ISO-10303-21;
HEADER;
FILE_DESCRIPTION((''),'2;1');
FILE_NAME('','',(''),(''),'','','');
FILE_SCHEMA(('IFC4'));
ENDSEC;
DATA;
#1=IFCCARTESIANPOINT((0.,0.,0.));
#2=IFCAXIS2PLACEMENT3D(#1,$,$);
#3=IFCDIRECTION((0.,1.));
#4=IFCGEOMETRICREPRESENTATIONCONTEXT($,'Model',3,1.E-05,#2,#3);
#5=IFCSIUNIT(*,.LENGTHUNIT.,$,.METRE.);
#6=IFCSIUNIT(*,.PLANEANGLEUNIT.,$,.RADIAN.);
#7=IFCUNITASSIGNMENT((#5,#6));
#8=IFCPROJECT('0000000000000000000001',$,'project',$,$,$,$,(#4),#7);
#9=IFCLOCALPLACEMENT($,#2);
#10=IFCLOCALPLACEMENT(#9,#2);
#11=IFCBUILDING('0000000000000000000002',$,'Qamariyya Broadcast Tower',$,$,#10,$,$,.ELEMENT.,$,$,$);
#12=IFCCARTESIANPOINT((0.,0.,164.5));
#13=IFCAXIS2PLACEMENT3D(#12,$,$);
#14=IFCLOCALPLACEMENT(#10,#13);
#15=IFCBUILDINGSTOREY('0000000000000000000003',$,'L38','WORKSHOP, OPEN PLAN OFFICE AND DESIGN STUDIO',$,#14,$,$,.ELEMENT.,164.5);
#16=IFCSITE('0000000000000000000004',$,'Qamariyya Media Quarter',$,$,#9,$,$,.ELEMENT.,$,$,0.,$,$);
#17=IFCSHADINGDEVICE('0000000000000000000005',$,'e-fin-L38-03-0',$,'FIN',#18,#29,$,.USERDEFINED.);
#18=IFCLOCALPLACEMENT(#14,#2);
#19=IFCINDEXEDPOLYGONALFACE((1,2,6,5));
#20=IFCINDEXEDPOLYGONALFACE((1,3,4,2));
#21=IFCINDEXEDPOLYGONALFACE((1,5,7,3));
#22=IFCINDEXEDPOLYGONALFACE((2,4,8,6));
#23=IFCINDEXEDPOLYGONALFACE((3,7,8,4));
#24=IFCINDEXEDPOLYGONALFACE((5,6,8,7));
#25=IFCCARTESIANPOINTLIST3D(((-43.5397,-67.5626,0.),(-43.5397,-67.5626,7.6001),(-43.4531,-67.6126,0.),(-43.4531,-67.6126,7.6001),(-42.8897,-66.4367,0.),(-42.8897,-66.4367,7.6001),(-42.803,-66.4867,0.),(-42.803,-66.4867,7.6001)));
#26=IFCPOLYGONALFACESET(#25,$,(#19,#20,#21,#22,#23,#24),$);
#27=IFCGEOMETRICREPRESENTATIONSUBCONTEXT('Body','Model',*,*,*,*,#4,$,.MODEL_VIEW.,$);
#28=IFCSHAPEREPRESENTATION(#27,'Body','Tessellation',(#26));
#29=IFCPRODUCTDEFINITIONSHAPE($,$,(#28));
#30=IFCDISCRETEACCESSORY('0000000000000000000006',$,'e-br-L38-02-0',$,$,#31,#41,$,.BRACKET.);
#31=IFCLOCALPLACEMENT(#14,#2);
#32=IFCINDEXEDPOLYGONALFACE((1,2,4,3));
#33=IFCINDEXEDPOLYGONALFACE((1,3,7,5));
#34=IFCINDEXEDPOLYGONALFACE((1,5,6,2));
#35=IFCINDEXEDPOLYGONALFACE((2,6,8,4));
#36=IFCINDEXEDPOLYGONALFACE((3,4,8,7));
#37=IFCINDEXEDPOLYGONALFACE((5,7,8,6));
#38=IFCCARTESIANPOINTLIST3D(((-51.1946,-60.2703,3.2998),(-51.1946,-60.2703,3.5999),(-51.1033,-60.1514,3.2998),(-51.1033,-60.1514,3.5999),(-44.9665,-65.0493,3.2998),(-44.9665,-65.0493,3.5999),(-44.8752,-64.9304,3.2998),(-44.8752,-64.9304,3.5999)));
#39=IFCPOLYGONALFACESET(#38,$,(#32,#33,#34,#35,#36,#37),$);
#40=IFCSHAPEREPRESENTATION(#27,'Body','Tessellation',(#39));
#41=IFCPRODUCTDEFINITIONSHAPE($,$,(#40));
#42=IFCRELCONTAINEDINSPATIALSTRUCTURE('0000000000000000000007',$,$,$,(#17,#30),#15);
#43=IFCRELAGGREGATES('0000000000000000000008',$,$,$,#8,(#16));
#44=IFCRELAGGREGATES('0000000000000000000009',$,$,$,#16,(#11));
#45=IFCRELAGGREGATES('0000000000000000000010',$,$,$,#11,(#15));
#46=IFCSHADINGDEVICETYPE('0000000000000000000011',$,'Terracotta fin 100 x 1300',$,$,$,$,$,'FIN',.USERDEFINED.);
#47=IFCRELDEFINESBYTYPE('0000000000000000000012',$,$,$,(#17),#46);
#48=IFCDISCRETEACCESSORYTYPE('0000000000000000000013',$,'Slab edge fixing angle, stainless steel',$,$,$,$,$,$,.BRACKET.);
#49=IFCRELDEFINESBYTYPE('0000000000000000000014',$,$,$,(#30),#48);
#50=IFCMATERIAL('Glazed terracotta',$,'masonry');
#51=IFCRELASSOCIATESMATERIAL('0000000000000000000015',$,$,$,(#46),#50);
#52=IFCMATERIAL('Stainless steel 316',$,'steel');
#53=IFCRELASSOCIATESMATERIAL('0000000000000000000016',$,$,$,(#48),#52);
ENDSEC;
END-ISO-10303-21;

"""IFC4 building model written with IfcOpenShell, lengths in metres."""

from ifc_helpers import new_model, si_unit, direction, frame, origin, origin_2d, place, context, subcontext, project, spatial, rectangle, extrude, material, material_profile, profile_set, type_object, element, save


model = new_model("IFC4")

# Units and contexts
model_context = context("Model", 3, precision=1e-05, world=origin(), true_north=direction((0.0, 1.0)))
body_context = subcontext(model_context, "Body", "Model", "MODEL_VIEW")
ifc_project = project(units=[si_unit("LENGTHUNIT", "METRE"), si_unit("PLANEANGLEUNIT", "RADIAN")], contexts=[model_context])

# Site, building, storey
site_placement = place(None, origin())
site = spatial("IfcSite", under=ifc_project, at=site_placement, Name="Qamariyya Media Quarter", CompositionType="ELEMENT", RefElevation=0.0)
building_placement = place(site_placement, origin())
building = spatial("IfcBuilding", under=site, at=building_placement, Name="Qamariyya Broadcast Tower", CompositionType="ELEMENT")
storey_placement = place(building_placement, frame((0.0, 0.0, 164.5)))
storey = spatial("IfcBuildingStorey", under=building, at=storey_placement, Name="L38", Description="WORKSHOP, OPEN PLAN OFFICE AND DESIGN STUDIO", CompositionType="ELEMENT", Elevation=164.5)

# Shading device
ifc_material_1 = material(Name="Glazed terracotta", Category="masonry")
ifc_material_profile_1 = material_profile(ifc_material_1, rectangle(XDim=1.3, YDim=0.1001, at=origin_2d()))
ifc_profile_set_1 = profile_set([ifc_material_profile_1], Name="Glazed terracotta")
shading_device_type_1 = type_object("IfcShadingDeviceType", Name="Terracotta fin 100 x 1300", ElementType="FIN", PredefinedType="USERDEFINED", material=ifc_profile_set_1)
for number, where, z_axis, x_axis, name in (
    (1, (-43.1714, -67.0247, 0.0), (0.0, 0.0, 1.0), (-0.5, -0.866025, 0.0), "e-fin-L38-03-0"),
):
    element("IfcShadingDevice", number, at=place(storey_placement, frame(where, z_axis=z_axis, x_axis=x_axis)), inside=storey, type_object=shading_device_type_1, Name=name, ObjectType="FIN", PredefinedType="USERDEFINED", context=body_context, shape_type="SweptSolid", body=[
        extrude(rectangle(XDim=1.3, YDim=0.1001, at=origin_2d()), origin(), (0.0, 0.0, 1.0), 7.6001),
    ])

# Discrete accessory
ifc_material_2 = material(Name="Stainless steel 316", Category="steel")
discrete_accessory_type = type_object("IfcDiscreteAccessoryType", Name="Slab edge fixing angle, stainless steel", PredefinedType="BRACKET", material=ifc_material_2)
discrete_accessory_placement = place(storey_placement, frame((-48.0349, -62.6003, 3.2998), z_axis=(0.0, 0.0, 1.0), x_axis=(0.793353, -0.608761, 0.0)))
element("IfcDiscreteAccessory", 2, at=discrete_accessory_placement, inside=storey, type_object=discrete_accessory_type, Name="e-br-L38-02-0", PredefinedType="BRACKET", context=body_context, shape_type="SweptSolid", body=[
    extrude(rectangle(XDim=7.8503, YDim=0.1499, at=origin_2d()), origin(), (0.0, 0.0, 1.0), 0.3),
])

save(model, "model.ifc")
